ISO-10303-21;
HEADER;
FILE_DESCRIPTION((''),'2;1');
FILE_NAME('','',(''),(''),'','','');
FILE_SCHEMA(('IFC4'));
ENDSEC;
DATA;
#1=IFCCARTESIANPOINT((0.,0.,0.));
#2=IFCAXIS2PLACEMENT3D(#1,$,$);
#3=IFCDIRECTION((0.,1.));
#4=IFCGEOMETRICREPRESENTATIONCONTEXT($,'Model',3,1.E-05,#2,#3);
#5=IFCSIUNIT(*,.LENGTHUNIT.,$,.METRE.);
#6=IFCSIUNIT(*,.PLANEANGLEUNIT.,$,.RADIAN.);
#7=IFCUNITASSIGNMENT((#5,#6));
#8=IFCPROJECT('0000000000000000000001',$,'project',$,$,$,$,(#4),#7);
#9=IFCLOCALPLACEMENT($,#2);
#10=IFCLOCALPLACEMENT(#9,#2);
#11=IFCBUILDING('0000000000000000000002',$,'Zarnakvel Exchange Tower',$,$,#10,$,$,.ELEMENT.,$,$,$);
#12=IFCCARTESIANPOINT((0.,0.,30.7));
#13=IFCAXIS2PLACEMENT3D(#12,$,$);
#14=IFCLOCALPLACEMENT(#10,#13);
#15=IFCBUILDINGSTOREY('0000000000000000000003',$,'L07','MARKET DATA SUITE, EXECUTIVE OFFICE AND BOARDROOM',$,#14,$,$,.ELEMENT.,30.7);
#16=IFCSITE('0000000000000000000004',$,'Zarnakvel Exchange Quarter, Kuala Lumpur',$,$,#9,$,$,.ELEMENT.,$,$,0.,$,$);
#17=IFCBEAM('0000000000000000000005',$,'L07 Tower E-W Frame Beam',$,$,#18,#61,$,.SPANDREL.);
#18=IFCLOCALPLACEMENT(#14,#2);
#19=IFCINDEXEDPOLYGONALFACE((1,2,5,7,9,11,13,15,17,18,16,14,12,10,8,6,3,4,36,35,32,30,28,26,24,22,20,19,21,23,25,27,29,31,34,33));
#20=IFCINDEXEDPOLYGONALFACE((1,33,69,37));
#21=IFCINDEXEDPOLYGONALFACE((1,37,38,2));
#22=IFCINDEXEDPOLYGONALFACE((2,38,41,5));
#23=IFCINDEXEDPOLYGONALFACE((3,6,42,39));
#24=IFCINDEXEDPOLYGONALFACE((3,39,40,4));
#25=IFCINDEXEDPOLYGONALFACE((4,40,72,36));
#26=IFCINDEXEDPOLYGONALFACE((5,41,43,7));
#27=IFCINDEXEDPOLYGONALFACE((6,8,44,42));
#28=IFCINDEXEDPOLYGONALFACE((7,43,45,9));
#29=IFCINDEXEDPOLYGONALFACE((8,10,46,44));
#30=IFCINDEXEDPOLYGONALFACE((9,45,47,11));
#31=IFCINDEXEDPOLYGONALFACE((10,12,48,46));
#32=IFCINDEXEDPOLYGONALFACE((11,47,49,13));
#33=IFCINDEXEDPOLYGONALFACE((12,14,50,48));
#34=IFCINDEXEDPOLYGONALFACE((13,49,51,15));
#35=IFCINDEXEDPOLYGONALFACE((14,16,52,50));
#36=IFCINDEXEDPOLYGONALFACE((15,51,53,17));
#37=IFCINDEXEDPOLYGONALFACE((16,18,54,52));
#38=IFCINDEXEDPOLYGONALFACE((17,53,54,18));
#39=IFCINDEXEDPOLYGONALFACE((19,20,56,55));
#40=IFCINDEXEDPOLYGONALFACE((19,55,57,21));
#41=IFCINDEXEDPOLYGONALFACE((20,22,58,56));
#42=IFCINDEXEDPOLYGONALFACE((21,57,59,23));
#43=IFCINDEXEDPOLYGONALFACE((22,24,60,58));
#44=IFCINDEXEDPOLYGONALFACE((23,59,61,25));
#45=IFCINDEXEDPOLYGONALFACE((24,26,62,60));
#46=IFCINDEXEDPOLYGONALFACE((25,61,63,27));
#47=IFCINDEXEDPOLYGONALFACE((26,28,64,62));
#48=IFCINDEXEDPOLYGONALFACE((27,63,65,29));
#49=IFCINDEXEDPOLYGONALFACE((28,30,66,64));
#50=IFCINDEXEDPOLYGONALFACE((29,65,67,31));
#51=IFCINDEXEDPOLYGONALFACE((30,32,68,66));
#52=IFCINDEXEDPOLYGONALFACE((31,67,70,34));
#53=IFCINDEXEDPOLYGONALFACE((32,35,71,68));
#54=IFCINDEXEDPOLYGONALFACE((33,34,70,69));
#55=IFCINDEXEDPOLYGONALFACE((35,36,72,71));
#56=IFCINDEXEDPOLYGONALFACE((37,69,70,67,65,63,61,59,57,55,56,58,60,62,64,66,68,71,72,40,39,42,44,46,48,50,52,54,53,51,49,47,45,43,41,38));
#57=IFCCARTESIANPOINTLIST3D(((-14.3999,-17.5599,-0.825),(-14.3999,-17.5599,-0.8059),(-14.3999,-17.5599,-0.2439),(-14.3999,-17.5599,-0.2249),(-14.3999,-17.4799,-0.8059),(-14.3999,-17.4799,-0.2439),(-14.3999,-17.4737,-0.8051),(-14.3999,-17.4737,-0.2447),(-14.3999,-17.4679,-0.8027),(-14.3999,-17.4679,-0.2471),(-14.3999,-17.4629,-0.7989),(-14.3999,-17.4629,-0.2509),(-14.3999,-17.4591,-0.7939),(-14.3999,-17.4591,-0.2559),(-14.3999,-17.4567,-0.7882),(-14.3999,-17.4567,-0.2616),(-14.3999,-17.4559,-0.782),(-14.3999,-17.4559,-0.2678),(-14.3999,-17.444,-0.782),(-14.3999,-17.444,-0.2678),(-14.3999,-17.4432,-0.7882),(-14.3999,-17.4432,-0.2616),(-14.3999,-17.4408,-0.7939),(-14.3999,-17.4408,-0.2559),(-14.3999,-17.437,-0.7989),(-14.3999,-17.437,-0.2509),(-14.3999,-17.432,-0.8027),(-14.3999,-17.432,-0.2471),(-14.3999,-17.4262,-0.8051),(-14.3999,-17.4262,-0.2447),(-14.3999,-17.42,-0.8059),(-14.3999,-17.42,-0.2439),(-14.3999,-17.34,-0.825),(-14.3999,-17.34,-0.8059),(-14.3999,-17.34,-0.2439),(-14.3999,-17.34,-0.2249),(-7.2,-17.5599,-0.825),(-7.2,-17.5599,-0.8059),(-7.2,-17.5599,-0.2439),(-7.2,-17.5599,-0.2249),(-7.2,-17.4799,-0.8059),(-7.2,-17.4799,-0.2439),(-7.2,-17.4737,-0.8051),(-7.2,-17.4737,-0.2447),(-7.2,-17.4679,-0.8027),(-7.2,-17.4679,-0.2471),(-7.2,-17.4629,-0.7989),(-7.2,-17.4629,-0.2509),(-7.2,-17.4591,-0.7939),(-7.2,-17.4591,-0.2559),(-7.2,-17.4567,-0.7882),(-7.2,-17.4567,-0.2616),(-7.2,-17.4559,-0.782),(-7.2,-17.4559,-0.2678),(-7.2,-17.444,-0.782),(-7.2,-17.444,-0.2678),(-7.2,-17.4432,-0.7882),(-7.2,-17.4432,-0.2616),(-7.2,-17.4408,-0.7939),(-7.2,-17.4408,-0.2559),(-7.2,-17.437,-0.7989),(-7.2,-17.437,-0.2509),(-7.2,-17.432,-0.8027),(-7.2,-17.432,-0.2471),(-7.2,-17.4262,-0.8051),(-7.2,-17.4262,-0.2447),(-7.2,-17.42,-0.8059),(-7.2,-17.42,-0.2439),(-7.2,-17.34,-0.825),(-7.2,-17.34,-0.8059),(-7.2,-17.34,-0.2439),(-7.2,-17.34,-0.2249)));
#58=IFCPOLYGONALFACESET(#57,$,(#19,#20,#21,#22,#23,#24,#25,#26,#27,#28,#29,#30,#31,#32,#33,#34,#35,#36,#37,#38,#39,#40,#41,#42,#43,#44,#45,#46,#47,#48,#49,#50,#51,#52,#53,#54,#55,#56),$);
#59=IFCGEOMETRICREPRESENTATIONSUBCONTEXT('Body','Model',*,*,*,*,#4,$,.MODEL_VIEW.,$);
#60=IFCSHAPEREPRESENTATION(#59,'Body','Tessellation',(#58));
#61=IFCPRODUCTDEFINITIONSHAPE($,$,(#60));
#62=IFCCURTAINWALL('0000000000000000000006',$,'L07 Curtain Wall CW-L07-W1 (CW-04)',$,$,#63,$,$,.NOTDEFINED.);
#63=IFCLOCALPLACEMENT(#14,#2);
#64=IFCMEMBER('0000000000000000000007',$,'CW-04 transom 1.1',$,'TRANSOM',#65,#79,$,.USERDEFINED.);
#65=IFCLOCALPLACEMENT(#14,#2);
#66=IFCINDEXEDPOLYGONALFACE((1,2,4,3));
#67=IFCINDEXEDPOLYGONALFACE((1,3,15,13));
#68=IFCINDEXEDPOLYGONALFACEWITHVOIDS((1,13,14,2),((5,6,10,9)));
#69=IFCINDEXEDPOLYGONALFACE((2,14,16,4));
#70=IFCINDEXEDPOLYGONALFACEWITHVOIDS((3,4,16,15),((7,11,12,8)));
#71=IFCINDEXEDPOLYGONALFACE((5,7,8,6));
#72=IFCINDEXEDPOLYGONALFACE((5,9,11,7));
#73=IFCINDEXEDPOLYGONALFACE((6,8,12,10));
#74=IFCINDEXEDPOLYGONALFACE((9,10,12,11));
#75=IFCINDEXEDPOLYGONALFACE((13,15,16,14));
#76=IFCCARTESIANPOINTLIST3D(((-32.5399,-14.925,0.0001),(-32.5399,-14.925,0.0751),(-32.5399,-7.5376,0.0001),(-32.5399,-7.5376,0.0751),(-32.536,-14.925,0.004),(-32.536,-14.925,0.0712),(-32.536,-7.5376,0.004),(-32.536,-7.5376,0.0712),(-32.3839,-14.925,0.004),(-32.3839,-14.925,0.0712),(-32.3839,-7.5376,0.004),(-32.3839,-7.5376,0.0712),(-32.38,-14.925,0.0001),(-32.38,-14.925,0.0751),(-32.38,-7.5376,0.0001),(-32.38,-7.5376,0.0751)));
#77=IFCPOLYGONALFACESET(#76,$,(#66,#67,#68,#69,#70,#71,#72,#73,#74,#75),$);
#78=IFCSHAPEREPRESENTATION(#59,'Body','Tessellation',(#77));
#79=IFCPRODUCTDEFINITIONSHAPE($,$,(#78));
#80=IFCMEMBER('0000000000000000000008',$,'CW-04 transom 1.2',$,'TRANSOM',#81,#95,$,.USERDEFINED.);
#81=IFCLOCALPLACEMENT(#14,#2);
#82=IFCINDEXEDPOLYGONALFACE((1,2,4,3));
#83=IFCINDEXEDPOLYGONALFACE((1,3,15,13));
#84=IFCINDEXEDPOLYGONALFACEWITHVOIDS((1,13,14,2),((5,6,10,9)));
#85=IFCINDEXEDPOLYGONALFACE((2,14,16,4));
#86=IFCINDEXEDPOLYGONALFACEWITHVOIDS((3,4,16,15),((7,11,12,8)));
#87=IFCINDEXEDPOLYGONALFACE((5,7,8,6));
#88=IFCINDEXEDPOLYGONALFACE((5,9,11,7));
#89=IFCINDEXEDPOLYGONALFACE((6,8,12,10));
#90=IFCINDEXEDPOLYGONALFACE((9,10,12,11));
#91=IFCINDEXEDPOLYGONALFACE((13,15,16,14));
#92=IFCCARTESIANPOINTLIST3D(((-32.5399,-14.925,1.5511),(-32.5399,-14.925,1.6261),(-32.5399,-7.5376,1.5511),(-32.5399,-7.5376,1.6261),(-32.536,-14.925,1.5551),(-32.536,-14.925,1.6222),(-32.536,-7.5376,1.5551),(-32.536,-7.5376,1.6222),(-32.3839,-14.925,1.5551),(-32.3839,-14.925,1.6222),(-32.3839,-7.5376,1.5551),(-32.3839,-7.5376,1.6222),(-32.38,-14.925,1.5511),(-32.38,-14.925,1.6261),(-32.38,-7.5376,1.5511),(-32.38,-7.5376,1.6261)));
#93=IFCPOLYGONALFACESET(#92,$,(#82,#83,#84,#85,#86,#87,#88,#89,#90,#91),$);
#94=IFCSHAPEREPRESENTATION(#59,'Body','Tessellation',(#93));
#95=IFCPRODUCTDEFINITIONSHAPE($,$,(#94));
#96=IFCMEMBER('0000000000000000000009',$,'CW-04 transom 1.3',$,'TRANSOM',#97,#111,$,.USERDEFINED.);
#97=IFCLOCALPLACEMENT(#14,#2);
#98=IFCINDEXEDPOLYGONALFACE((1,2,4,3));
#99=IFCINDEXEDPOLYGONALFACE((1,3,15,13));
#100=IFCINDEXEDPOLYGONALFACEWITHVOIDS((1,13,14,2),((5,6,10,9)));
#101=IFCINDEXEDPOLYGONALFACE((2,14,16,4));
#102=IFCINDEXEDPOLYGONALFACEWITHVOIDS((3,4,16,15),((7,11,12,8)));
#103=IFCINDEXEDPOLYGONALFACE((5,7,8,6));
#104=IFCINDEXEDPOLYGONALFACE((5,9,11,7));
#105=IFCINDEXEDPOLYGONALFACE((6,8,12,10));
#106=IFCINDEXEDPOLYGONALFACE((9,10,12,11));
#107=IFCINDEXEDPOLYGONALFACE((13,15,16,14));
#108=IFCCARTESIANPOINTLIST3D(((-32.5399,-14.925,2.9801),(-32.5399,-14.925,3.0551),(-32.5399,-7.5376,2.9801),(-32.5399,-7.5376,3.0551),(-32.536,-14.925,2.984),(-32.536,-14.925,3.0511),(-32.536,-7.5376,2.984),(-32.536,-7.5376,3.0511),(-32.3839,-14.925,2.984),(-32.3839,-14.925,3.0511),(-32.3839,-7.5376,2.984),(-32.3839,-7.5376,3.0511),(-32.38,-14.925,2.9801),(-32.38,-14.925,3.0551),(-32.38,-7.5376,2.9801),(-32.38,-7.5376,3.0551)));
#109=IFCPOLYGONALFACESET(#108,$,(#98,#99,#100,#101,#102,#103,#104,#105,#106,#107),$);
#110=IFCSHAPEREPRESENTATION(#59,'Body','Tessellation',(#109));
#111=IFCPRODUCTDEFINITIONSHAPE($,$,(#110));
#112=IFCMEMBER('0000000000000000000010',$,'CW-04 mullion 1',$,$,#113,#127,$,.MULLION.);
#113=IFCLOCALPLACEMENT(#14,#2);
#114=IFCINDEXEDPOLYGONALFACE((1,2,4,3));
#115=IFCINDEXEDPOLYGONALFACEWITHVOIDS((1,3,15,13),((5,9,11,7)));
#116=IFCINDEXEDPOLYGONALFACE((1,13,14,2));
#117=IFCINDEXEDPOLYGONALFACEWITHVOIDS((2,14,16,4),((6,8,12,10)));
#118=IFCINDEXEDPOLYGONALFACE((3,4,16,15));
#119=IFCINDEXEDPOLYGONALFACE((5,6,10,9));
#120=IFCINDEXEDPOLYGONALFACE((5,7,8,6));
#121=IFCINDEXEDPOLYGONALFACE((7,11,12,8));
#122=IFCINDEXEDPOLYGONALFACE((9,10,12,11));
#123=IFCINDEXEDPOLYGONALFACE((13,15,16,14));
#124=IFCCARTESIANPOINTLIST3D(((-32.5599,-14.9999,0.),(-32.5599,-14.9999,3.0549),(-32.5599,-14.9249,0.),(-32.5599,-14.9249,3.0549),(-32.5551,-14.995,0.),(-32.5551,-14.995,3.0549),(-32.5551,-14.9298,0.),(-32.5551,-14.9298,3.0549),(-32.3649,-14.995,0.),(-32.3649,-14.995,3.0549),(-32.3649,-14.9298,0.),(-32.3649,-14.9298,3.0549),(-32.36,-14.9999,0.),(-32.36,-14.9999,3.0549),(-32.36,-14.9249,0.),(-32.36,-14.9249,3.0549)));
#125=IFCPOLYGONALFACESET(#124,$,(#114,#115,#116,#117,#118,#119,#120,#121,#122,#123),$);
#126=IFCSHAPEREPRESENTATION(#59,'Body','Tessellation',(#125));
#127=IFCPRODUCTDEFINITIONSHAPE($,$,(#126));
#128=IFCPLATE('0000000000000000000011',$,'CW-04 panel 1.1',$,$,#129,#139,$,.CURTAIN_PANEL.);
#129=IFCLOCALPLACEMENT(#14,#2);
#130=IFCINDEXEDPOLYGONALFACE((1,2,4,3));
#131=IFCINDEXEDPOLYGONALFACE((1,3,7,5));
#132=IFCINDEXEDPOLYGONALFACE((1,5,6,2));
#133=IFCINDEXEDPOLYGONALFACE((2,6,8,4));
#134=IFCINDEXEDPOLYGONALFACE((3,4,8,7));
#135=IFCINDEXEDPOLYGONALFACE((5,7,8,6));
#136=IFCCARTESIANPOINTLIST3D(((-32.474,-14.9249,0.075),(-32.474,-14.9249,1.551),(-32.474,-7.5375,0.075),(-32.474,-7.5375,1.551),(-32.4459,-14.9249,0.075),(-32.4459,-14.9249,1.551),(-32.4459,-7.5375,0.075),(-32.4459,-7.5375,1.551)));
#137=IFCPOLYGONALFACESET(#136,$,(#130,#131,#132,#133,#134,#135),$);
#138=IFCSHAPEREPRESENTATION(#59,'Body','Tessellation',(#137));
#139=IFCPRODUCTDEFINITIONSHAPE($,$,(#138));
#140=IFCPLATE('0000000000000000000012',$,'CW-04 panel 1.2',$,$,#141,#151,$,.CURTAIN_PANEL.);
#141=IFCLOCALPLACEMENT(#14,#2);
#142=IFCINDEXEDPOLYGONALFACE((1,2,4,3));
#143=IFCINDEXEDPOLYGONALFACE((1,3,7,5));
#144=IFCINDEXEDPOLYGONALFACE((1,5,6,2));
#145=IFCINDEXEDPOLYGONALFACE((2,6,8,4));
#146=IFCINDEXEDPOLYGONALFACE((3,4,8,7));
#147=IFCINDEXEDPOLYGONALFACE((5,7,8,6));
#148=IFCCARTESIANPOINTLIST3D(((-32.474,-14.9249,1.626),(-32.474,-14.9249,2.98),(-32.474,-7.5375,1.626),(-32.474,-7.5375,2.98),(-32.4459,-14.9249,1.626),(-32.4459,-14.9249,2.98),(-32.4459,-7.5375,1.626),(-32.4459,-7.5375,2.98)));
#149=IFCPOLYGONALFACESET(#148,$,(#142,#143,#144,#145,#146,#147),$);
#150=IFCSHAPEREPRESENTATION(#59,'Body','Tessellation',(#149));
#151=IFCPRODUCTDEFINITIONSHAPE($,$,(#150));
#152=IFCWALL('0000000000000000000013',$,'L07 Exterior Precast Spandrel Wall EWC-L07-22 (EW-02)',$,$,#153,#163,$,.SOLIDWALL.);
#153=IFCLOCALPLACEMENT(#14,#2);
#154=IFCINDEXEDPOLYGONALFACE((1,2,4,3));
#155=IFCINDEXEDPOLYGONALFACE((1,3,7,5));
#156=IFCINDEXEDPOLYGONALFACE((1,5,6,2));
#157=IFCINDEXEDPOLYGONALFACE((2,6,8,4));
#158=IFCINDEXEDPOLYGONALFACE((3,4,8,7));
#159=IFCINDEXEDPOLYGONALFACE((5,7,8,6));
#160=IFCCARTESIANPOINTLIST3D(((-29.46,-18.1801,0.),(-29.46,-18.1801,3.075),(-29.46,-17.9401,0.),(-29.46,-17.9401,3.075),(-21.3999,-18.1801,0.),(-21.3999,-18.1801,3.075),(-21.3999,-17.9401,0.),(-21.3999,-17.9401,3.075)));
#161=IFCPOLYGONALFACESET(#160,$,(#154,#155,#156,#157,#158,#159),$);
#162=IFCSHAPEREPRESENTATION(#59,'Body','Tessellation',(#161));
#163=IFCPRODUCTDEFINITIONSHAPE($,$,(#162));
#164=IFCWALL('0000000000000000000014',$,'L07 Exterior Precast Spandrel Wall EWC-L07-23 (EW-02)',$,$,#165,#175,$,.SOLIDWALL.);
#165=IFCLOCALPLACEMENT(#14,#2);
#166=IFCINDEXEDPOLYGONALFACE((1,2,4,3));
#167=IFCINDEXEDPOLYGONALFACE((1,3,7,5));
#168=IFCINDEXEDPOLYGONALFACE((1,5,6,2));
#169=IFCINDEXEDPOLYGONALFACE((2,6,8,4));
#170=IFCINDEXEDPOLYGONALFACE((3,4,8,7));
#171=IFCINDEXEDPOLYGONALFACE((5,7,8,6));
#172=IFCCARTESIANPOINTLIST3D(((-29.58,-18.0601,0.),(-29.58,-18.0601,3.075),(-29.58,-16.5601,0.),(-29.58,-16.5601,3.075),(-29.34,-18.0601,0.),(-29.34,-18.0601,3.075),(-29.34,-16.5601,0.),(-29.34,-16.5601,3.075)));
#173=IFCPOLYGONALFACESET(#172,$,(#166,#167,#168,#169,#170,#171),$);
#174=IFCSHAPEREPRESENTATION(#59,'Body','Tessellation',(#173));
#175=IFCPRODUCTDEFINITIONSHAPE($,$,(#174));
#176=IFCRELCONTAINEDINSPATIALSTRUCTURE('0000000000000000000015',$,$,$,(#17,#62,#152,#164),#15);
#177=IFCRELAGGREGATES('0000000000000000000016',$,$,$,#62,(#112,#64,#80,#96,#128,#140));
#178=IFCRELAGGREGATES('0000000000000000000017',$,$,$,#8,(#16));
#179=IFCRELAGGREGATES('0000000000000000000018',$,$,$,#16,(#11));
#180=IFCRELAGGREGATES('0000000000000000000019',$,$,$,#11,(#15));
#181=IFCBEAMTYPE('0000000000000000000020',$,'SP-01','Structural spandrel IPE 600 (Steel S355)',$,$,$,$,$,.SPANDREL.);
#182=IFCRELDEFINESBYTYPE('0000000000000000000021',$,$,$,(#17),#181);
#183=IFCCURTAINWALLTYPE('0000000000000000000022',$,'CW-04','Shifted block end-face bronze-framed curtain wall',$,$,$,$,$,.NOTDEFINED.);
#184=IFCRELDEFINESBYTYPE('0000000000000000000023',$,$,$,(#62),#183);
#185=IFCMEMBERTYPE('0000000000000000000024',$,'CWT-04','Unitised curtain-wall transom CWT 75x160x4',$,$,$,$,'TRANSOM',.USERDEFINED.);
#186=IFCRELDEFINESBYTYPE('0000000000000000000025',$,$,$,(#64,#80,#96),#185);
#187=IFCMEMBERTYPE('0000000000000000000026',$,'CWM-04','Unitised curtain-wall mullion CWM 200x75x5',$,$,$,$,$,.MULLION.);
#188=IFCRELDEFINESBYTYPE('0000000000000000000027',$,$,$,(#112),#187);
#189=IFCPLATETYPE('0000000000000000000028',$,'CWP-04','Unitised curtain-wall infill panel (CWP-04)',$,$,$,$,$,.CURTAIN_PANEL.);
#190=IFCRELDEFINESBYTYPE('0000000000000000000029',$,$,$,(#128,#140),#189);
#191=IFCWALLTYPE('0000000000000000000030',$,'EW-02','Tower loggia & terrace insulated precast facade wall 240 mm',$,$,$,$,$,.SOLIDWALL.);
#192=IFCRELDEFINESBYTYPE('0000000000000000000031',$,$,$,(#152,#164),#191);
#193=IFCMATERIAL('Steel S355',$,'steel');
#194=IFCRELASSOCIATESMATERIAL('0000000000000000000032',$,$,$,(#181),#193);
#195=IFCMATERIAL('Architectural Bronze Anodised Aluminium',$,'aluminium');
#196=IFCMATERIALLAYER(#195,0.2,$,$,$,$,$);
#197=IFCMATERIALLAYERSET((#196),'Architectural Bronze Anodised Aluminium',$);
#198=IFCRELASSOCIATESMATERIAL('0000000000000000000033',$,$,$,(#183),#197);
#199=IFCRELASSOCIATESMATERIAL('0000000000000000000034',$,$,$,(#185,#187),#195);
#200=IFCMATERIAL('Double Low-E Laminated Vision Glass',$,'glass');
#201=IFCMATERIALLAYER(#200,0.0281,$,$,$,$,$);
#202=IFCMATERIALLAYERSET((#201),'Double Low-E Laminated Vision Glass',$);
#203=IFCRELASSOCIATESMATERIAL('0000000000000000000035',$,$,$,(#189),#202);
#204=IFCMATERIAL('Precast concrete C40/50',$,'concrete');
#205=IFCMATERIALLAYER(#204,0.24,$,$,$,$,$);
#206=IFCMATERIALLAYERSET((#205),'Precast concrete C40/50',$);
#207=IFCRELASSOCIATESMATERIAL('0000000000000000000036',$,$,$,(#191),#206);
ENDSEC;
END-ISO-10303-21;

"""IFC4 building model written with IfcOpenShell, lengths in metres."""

from ifc_helpers import new_model, si_unit, direction, frame, frame_2d, origin, origin_2d, place, context, subcontext, project, spatial, rectangle, hollow_rectangle, i_section, extrude, source, transform, mapped, material, layer, layer_set, material_profile, profile_set, type_object, element, aggregate, save


model = new_model("IFC4")

# Units and contexts
model_context = context("Model", 3, precision=1e-05, world=origin(), true_north=direction((0.0, 1.0)))
body_context = subcontext(model_context, "Body", "Model", "MODEL_VIEW")
ifc_project = project(units=[si_unit("LENGTHUNIT", "METRE"), si_unit("PLANEANGLEUNIT", "RADIAN")], contexts=[model_context])

# Site, building, storey
site_placement = place(None, origin())
site = spatial("IfcSite", under=ifc_project, at=site_placement, Name="Zarnakvel Exchange Quarter, Kuala Lumpur", CompositionType="ELEMENT", RefElevation=0.0)
building_placement = place(site_placement, origin())
building = spatial("IfcBuilding", under=site, at=building_placement, Name="Zarnakvel Exchange Tower", CompositionType="ELEMENT")
storey_placement = place(building_placement, frame((0.0, 0.0, 30.7)))
storey = spatial("IfcBuildingStorey", under=building, at=storey_placement, Name="L07", Description="MARKET DATA SUITE, EXECUTIVE OFFICE AND BOARDROOM", CompositionType="ELEMENT", Elevation=30.7)

# Beam
ifc_material_1 = material(Name="Steel S355", Category="steel")
ifc_material_profile_1 = material_profile(ifc_material_1, i_section(OverallWidth=0.22, OverallDepth=0.6001, WebThickness=0.012, FlangeThickness=0.019, FilletRadius=0.0239, at=origin_2d()))
ifc_profile_set_1 = profile_set([ifc_material_profile_1], Name="Steel S355")
beam_type_1 = type_object("IfcBeamType", Name="SP-01", Description="Structural spandrel IPE 600 (Steel S355)", PredefinedType="SPANDREL", material=ifc_profile_set_1)
beam_1_placement = place(storey_placement, frame((-14.3999, -17.45, -0.5249), z_axis=(1.0, 0.0, 0.0), x_axis=(0.0, 1.0, 0.0)))
element("IfcBeam", 1, at=beam_1_placement, inside=storey, type_object=beam_type_1, Name="L07 Tower E-W Frame Beam", PredefinedType="SPANDREL", context=body_context, shape_type="SweptSolid", body=[
    extrude(i_section(OverallWidth=0.22, OverallDepth=0.6001, WebThickness=0.012, FlangeThickness=0.019, FilletRadius=0.0239, at=origin_2d()), origin(), (0.0, 0.0, 1.0), 7.2),
])

# Curtain wall, members, plates
ifc_material_2 = material(Name="Architectural Bronze Anodised Aluminium", Category="aluminium")
ifc_layer_1 = layer(ifc_material_2, 0.2)
ifc_layer_set_1 = layer_set([ifc_layer_1], Name="Architectural Bronze Anodised Aluminium")
curtain_wall_type = type_object("IfcCurtainWallType", Name="CW-04", Description="Shifted block end-face bronze-framed curtain wall", PredefinedType="NOTDEFINED", material=ifc_layer_set_1)
curtain_wall_placement = place(storey_placement, origin())
curtain_wall = element("IfcCurtainWall", 2, at=curtain_wall_placement, inside=storey, type_object=curtain_wall_type, Name="L07 Curtain Wall CW-L07-W1 (CW-04)", PredefinedType="NOTDEFINED")
ifc_material_profile_2 = material_profile(ifc_material_2, hollow_rectangle(XDim=0.1599, YDim=0.075, WallThickness=0.0039, at=origin_2d()))
ifc_profile_set_2 = profile_set([ifc_material_profile_2], Name="Architectural Bronze Anodised Aluminium")
member_type_1 = type_object("IfcMemberType", Name="CWT-04", Description="Unitised curtain-wall transom CWT 75x160x4", ElementType="TRANSOM", PredefinedType="USERDEFINED", material=ifc_profile_set_2)
shared_shape_1 = source(origin(), body_context, "Body", "SweptSolid", [
    extrude(hollow_rectangle(XDim=0.1599, YDim=0.075, WallThickness=0.0039, at=origin_2d()), origin(), (0.0, 0.0, 1.0), 7.3875),
])
member_1_placement = place(storey_placement, frame((-32.46, -14.925, 0.0376), z_axis=(0.0, 1.0, 0.0), x_axis=(-1.0, 0.0, 0.0)))
member_1 = element("IfcMember", 3, at=member_1_placement, type_object=member_type_1, Name="CW-04 transom 1.1", ObjectType="TRANSOM", PredefinedType="USERDEFINED", context=body_context, shape_type="MappedRepresentation", body=[
    mapped(shared_shape_1, transform((0.0, 0.0, 0.0), x_axis=(1.0, 0.0, 0.0), y_axis=(0.0, 1.0, 0.0), z_axis=(0.0, 0.0, 1.0), scale=1.0)),
])
member_2_placement = place(storey_placement, frame((-32.46, -14.925, 1.5886), z_axis=(0.0, 1.0, 0.0), x_axis=(-1.0, 0.0, 0.0)))
member_2 = element("IfcMember", 4, at=member_2_placement, type_object=member_type_1, Name="CW-04 transom 1.2", ObjectType="TRANSOM", PredefinedType="USERDEFINED", context=body_context, shape_type="MappedRepresentation", body=[
    mapped(shared_shape_1, transform((0.0, 0.0, 0.0), x_axis=(1.0, 0.0, 0.0), y_axis=(0.0, 1.0, 0.0), z_axis=(0.0, 0.0, 1.0), scale=1.0)),
])
member_3_placement = place(storey_placement, frame((-32.46, -14.925, 3.0176), z_axis=(0.0, 1.0, 0.0), x_axis=(-1.0, 0.0, 0.0)))
member_3 = element("IfcMember", 5, at=member_3_placement, type_object=member_type_1, Name="CW-04 transom 1.3", ObjectType="TRANSOM", PredefinedType="USERDEFINED", context=body_context, shape_type="MappedRepresentation", body=[
    mapped(shared_shape_1, transform((0.0, 0.0, 0.0), x_axis=(1.0, 0.0, 0.0), y_axis=(0.0, 1.0, 0.0), z_axis=(0.0, 0.0, 1.0), scale=1.0)),
])
ifc_material_profile_3 = material_profile(ifc_material_2, hollow_rectangle(XDim=0.2, YDim=0.075, WallThickness=0.0049, at=origin_2d()))
ifc_profile_set_3 = profile_set([ifc_material_profile_3], Name="Architectural Bronze Anodised Aluminium")
member_type_2 = type_object("IfcMemberType", Name="CWM-04", Description="Unitised curtain-wall mullion CWM 200x75x5", PredefinedType="MULLION", material=ifc_profile_set_3)
shared_shape_2 = source(origin(), body_context, "Body", "SweptSolid", [
    extrude(hollow_rectangle(XDim=0.2, YDim=0.075, WallThickness=0.0049, at=origin_2d()), origin(), (0.0, 0.0, 1.0), 3.0549),
])
member_4_placement = place(storey_placement, frame((-32.46, -14.9624, 0.0), z_axis=(0.0, 0.0, 1.0), x_axis=(-1.0, 0.0, 0.0)))
member_4 = element("IfcMember", 6, at=member_4_placement, type_object=member_type_2, Name="CW-04 mullion 1", PredefinedType="MULLION", context=body_context, shape_type="MappedRepresentation", body=[
    mapped(shared_shape_2, transform((0.0, 0.0, 0.0), x_axis=(1.0, 0.0, 0.0), y_axis=(0.0, 1.0, 0.0), z_axis=(0.0, 0.0, 1.0), scale=1.0)),
])
ifc_material_3 = material(Name="Double Low-E Laminated Vision Glass", Category="glass")
ifc_layer_2 = layer(ifc_material_3, 0.0281)
ifc_layer_set_2 = layer_set([ifc_layer_2], Name="Double Low-E Laminated Vision Glass")
plate_type = type_object("IfcPlateType", Name="CWP-04", Description="Unitised curtain-wall infill panel (CWP-04)", PredefinedType="CURTAIN_PANEL", material=ifc_layer_set_2)
shared_shape_3 = source(origin(), body_context, "Body", "SweptSolid", [
    extrude(rectangle(XDim=7.3875, YDim=0.0281, at=origin_2d()), origin(), (0.0, 0.0, 1.0), 1.4761),
])
plate_1_placement = place(storey_placement, frame((-32.46, -11.2312, 0.075), z_axis=(0.0, 0.0, 1.0), x_axis=(0.0, 1.0, 0.0)))
plate_1 = element("IfcPlate", 7, at=plate_1_placement, type_object=plate_type, Name="CW-04 panel 1.1", PredefinedType="CURTAIN_PANEL", context=body_context, shape_type="MappedRepresentation", body=[
    mapped(shared_shape_3, transform((0.0, 0.0, 0.0), x_axis=(1.0, 0.0, 0.0), y_axis=(0.0, 1.0, 0.0), z_axis=(0.0, 0.0, 1.0), scale=1.0)),
])
shared_shape_4 = source(origin(), body_context, "Body", "SweptSolid", [
    extrude(rectangle(XDim=7.3875, YDim=0.0281, at=origin_2d()), origin(), (0.0, 0.0, 1.0), 1.354),
])
plate_2_placement = place(storey_placement, frame((-32.46, -11.2312, 1.626), z_axis=(0.0, 0.0, 1.0), x_axis=(0.0, 1.0, 0.0)))
plate_2 = element("IfcPlate", 8, at=plate_2_placement, type_object=plate_type, Name="CW-04 panel 1.2", PredefinedType="CURTAIN_PANEL", context=body_context, shape_type="MappedRepresentation", body=[
    mapped(shared_shape_4, transform((0.0, 0.0, 0.0), x_axis=(1.0, 0.0, 0.0), y_axis=(0.0, 1.0, 0.0), z_axis=(0.0, 0.0, 1.0), scale=1.0)),
])
aggregate(curtain_wall, [member_4, member_1, member_2, member_3, plate_1, plate_2])

# Walls
ifc_material_4 = material(Name="Precast concrete C40/50", Category="concrete")
ifc_layer_3 = layer(ifc_material_4, 0.24)
ifc_layer_set_3 = layer_set([ifc_layer_3], Name="Precast concrete C40/50")
wall_type_1 = type_object("IfcWallType", Name="EW-02", Description="Tower loggia & terrace insulated precast facade wall 240 mm", PredefinedType="SOLIDWALL", material=ifc_layer_set_3)
wall_1_placement = place(storey_placement, frame((-29.46, -18.0601, 0.0), z_axis=(0.0, 0.0, 1.0), x_axis=(1.0, 0.0, 0.0)))
element("IfcWall", 9, at=wall_1_placement, inside=storey, type_object=wall_type_1, Name="L07 Exterior Precast Spandrel Wall EWC-L07-22 (EW-02)", PredefinedType="SOLIDWALL", context=body_context, shape_type="SweptSolid", body=[
    extrude(rectangle(XDim=8.0601, YDim=0.24, at=frame_2d((4.03, 0.0))), origin(), (0.0, 0.0, 1.0), 3.075),
])
for number, where, z_axis, x_axis, name in (
    (10, (-29.46, -16.5601, 0.0), (0.0, 0.0, 1.0), (0.0, -1.0, 0.0), "L07 Exterior Precast Spandrel Wall EWC-L07-23 (EW-02)"),
):
    element("IfcWall", number, at=place(storey_placement, frame(where, z_axis=z_axis, x_axis=x_axis)), inside=storey, type_object=wall_type_1, Name=name, PredefinedType="SOLIDWALL", context=body_context, shape_type="SweptSolid", body=[
        extrude(rectangle(XDim=1.5, YDim=0.24, at=frame_2d((0.75, 0.0))), origin(), (0.0, 0.0, 1.0), 3.075),
    ])

save(model, "model.ifc")
